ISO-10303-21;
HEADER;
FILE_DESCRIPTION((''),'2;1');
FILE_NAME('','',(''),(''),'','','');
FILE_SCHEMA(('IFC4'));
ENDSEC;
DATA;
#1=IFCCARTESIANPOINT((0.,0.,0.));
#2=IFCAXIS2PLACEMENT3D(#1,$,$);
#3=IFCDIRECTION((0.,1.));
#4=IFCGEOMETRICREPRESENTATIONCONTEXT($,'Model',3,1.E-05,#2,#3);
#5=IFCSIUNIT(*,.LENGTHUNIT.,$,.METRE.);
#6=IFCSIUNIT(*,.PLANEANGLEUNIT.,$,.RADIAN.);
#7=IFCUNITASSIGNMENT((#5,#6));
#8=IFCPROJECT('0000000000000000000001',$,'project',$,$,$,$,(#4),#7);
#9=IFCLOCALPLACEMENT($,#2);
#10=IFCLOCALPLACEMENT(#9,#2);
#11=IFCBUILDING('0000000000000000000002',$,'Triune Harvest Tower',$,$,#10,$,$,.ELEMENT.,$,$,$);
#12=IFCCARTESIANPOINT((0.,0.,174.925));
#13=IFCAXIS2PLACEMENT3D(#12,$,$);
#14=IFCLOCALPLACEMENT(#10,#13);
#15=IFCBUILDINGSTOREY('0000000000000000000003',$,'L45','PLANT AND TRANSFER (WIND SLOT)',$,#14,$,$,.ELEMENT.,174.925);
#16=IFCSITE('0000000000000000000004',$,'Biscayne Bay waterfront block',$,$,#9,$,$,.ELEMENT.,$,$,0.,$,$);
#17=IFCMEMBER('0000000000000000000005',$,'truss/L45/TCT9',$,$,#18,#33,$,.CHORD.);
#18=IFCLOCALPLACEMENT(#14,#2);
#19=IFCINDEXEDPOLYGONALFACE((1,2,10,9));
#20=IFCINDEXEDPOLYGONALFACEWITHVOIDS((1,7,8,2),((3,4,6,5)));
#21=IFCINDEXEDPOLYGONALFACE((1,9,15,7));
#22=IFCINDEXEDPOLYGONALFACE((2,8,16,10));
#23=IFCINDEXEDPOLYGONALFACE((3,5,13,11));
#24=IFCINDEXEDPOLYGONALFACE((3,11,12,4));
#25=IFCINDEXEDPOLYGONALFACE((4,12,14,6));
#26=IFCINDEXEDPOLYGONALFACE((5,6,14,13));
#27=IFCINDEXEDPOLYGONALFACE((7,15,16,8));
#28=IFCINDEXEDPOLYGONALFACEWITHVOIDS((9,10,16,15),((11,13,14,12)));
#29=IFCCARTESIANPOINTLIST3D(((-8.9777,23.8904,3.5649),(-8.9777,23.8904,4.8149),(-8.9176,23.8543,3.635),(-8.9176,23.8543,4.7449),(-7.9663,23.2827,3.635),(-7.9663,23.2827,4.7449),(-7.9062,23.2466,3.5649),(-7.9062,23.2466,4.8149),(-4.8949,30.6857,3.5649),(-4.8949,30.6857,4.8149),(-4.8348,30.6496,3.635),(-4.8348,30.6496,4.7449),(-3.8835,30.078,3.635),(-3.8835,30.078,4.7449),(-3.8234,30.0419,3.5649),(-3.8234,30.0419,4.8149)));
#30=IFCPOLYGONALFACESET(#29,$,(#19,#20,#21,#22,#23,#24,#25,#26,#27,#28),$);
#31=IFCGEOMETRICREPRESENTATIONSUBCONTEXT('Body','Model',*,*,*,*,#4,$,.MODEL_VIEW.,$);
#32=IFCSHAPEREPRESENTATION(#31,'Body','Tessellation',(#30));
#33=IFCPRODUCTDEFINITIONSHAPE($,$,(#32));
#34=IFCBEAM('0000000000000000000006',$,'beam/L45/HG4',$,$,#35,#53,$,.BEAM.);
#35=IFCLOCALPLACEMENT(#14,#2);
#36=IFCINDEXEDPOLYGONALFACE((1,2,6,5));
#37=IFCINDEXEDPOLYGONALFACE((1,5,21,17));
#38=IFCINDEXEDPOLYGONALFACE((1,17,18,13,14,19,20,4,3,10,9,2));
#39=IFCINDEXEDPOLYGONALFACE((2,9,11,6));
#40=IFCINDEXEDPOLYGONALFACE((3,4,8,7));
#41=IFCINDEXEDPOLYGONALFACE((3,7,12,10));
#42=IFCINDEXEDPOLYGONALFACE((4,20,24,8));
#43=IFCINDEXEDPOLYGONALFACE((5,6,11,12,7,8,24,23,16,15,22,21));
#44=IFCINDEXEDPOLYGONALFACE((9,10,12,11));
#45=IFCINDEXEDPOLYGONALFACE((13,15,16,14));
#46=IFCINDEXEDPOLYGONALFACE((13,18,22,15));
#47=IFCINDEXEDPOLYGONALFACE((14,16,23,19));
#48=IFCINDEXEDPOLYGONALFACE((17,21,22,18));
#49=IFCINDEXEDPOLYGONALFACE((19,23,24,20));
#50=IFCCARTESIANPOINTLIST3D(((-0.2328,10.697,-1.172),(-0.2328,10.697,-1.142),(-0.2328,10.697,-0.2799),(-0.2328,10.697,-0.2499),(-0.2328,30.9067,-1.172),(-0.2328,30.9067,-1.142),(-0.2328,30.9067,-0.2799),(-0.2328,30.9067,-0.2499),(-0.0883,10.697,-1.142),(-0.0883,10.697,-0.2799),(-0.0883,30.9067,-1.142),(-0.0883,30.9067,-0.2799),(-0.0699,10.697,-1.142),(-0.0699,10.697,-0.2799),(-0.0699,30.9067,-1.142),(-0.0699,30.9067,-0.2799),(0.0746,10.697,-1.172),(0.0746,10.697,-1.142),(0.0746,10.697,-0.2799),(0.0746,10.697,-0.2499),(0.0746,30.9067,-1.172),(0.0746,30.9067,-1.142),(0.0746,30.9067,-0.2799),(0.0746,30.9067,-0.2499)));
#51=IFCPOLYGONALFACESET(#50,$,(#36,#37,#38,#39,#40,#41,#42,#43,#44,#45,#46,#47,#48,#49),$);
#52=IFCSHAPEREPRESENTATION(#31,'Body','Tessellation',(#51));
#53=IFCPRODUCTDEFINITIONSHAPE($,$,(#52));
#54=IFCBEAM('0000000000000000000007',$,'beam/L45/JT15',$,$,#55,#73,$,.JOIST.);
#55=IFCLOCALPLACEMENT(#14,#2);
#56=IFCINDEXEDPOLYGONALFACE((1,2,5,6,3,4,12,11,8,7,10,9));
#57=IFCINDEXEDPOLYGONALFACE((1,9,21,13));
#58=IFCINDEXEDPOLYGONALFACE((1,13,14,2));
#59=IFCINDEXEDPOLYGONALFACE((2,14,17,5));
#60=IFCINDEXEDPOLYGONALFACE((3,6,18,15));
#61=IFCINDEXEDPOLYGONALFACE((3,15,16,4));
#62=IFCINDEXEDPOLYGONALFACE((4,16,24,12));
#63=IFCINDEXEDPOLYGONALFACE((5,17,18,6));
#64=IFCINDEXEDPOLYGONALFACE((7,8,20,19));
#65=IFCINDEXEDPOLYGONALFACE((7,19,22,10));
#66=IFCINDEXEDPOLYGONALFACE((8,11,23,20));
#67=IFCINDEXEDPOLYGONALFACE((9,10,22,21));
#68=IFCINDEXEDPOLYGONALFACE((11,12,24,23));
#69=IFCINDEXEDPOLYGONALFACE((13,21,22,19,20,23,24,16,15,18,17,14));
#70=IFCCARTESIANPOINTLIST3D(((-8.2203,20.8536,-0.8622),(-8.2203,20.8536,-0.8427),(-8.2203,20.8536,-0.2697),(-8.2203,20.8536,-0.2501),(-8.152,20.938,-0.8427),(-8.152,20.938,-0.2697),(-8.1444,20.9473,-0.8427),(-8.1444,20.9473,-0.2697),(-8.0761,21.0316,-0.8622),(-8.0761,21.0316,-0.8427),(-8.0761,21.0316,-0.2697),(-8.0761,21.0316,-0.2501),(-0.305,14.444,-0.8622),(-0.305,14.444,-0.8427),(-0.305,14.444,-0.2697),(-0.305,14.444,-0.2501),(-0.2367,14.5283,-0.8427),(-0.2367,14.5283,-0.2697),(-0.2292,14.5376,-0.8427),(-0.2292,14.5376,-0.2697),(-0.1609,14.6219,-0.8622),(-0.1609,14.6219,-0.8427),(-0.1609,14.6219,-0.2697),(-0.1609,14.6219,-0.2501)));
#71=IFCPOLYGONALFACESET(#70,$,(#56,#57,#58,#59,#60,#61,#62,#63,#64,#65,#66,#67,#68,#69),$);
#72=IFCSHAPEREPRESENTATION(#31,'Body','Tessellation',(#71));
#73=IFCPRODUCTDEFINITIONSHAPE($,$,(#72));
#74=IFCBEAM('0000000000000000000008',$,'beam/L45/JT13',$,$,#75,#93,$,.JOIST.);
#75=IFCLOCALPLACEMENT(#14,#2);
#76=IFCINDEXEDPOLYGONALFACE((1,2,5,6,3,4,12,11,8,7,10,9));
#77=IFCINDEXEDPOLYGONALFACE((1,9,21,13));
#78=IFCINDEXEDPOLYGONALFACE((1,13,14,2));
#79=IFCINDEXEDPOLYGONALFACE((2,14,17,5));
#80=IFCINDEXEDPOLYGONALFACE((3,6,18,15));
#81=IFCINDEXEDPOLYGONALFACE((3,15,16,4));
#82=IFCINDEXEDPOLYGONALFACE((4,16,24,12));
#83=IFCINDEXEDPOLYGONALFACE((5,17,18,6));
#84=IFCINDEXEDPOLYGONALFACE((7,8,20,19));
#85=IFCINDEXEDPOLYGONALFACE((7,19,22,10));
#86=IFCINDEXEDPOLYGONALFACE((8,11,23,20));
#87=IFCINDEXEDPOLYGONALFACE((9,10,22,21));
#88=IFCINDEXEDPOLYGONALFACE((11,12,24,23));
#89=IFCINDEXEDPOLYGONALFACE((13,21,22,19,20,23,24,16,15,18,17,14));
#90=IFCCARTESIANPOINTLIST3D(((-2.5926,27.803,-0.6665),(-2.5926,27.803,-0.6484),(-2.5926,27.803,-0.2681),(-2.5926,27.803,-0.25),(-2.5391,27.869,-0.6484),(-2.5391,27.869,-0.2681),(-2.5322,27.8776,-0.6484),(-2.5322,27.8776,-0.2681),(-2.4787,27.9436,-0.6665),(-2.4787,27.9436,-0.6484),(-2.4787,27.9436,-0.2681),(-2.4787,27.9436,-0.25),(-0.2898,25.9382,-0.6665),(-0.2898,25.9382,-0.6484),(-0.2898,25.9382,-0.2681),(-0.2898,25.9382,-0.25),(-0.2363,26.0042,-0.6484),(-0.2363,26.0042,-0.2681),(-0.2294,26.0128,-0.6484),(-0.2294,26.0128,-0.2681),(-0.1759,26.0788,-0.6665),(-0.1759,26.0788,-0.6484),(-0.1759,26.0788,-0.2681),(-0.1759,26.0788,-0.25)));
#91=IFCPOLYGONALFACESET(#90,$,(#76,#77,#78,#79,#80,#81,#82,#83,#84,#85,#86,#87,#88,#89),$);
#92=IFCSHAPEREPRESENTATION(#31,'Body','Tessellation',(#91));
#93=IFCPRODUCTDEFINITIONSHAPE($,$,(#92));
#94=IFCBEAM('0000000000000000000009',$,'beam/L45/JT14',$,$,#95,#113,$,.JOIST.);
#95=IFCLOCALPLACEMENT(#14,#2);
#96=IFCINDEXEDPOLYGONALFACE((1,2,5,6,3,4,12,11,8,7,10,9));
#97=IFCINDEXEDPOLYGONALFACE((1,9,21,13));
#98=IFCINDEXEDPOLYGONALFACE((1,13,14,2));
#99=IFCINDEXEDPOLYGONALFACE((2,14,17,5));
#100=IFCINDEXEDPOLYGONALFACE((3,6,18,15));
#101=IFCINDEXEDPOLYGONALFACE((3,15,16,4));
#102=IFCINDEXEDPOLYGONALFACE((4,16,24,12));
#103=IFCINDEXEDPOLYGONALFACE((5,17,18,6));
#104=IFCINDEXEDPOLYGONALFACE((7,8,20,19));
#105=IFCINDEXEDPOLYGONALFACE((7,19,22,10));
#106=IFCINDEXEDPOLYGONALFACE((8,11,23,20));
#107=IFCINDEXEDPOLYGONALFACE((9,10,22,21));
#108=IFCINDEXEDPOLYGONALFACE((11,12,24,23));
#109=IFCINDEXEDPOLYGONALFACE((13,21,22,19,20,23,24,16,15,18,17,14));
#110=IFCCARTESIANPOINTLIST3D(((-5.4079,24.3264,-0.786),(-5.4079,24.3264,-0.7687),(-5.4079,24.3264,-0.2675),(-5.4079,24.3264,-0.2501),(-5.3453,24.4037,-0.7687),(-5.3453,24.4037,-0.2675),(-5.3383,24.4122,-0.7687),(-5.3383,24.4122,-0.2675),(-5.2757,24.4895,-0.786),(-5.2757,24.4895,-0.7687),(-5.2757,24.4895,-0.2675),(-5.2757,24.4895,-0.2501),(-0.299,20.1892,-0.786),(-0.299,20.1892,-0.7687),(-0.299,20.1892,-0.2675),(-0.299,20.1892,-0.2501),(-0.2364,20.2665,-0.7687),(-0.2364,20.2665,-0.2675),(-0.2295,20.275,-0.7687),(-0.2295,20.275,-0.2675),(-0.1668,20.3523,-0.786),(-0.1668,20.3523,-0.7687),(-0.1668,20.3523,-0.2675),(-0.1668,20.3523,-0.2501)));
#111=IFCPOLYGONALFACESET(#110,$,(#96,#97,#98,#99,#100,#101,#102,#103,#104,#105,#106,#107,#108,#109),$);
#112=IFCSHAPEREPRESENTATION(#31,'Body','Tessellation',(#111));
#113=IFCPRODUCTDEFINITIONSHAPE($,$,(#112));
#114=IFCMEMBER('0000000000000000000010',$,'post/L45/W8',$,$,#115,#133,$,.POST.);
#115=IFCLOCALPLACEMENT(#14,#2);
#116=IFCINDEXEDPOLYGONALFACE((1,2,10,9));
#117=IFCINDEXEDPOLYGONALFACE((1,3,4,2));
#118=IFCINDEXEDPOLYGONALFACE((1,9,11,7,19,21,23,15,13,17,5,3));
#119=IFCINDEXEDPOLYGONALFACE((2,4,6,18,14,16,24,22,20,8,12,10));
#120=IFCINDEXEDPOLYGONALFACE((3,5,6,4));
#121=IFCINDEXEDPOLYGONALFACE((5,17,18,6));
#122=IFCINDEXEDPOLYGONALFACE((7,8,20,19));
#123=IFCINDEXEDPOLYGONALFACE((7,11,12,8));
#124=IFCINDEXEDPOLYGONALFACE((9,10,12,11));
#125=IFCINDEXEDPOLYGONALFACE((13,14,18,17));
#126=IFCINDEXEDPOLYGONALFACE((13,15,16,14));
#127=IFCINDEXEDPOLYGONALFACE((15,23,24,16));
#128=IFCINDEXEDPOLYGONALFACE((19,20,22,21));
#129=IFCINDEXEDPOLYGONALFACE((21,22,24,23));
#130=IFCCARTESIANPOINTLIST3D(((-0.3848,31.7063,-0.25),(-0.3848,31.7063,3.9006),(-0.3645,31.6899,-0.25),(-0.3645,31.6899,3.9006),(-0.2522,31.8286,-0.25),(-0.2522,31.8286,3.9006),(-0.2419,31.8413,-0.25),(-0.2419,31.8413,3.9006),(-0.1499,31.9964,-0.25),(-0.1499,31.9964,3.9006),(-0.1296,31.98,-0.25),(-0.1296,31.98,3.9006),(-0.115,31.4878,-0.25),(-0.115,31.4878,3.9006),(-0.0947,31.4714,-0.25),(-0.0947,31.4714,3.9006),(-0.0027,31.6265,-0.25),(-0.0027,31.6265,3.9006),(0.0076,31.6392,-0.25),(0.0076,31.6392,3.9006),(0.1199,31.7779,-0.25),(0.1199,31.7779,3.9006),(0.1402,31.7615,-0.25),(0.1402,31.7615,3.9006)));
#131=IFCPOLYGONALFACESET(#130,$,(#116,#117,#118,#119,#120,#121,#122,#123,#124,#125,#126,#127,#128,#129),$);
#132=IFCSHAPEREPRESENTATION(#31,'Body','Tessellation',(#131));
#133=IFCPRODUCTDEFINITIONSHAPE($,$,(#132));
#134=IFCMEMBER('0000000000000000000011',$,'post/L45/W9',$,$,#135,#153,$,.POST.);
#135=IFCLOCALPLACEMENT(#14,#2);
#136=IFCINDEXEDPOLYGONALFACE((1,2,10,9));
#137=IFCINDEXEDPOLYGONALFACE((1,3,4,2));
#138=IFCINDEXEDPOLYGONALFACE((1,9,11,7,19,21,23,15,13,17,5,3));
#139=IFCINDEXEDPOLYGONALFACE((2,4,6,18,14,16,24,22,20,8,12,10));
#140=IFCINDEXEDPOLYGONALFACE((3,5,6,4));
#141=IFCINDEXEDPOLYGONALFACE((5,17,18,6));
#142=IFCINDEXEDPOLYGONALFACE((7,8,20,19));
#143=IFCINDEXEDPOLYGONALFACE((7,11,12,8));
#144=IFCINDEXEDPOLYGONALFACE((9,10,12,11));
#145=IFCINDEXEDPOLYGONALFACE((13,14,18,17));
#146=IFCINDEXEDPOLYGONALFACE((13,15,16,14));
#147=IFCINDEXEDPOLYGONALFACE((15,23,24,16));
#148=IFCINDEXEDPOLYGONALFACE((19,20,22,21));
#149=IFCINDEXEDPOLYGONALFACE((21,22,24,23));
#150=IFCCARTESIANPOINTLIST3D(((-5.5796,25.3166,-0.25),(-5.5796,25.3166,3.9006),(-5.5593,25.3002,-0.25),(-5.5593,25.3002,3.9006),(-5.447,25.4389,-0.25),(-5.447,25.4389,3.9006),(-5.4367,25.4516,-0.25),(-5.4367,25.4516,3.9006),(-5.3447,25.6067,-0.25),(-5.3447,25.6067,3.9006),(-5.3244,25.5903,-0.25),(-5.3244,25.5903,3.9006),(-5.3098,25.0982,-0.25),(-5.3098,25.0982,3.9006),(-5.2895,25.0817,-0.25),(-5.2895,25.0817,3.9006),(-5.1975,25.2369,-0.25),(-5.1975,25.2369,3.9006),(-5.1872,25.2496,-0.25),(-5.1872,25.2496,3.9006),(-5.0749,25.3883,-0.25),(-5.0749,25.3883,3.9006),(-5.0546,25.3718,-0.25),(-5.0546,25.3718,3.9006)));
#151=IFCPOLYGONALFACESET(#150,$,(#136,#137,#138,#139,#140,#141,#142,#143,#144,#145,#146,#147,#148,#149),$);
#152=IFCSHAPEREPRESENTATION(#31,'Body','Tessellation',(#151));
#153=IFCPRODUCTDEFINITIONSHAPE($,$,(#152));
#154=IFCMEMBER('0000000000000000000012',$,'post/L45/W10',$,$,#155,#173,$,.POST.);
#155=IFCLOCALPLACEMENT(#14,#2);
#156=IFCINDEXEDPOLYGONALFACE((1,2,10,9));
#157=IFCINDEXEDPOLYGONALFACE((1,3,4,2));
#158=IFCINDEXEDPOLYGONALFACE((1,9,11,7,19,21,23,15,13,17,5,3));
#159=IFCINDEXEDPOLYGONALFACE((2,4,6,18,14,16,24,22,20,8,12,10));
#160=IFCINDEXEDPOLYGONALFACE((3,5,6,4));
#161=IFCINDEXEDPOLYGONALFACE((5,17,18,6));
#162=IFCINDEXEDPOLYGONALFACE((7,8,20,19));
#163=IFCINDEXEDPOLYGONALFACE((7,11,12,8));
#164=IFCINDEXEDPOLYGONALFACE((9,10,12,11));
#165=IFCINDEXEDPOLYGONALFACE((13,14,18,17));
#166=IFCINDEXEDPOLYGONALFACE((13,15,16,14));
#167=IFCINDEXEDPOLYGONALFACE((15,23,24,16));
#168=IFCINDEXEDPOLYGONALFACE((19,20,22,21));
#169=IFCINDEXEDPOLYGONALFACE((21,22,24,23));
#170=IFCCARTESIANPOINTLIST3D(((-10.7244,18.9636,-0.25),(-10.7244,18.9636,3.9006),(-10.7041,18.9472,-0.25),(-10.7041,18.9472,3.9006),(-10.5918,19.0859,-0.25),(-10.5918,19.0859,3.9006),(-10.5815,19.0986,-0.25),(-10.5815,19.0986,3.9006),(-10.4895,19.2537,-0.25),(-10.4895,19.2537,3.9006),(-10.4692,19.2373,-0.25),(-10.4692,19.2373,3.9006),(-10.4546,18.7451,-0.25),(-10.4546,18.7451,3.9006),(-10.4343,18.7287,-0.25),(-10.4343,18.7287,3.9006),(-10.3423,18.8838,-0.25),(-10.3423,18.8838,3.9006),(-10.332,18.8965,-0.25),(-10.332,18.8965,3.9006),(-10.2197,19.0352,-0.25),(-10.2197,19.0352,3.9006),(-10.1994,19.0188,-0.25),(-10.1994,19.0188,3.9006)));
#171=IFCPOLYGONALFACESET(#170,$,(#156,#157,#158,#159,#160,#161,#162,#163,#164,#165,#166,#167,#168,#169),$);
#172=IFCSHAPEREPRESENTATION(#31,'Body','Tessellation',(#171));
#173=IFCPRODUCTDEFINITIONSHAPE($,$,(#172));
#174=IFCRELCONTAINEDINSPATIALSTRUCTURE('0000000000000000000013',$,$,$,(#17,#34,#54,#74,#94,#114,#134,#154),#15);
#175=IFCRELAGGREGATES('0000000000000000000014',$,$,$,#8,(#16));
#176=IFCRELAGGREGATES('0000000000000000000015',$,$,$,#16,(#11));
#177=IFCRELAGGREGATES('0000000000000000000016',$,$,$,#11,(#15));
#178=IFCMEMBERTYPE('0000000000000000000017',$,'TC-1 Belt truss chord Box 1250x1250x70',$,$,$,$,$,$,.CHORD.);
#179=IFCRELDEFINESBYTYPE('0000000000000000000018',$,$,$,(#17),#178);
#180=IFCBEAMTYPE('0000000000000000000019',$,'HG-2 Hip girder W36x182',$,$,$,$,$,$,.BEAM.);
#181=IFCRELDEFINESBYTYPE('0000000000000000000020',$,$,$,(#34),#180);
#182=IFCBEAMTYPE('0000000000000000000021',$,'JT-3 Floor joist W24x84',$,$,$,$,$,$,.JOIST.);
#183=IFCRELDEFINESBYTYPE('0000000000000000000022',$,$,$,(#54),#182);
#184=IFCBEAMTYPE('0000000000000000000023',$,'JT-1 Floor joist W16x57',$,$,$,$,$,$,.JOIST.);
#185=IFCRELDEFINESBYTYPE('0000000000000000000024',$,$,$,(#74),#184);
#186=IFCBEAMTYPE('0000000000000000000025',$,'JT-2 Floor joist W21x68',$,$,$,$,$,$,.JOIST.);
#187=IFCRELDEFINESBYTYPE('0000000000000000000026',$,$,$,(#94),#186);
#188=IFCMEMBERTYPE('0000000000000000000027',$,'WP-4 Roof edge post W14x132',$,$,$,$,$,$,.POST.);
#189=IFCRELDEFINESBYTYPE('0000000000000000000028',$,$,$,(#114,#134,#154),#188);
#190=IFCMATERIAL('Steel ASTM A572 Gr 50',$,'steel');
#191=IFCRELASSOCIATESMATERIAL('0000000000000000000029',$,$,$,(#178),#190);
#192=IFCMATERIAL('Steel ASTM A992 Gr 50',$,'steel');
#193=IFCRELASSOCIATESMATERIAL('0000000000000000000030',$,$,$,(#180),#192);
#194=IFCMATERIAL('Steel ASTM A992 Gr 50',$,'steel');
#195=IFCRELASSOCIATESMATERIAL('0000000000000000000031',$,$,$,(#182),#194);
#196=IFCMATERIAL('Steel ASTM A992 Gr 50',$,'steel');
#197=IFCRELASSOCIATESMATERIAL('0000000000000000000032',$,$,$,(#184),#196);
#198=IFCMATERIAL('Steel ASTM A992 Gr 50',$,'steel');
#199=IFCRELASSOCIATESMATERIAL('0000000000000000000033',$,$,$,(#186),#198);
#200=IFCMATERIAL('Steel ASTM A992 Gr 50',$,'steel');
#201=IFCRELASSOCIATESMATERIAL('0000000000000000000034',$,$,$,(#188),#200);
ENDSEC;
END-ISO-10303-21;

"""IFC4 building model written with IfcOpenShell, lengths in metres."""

from ifc_helpers import new_model, si_unit, direction, frame, origin, origin_2d, place, context, subcontext, project, spatial, hollow_rectangle, i_section, extrude, source, transform, mapped, material, material_profile, profile_set, type_object, element, save


model = new_model("IFC4")

# Units and contexts
model_context = context("Model", 3, precision=1e-05, world=origin(), true_north=direction((0.0, 1.0)))
body_context = subcontext(model_context, "Body", "Model", "MODEL_VIEW")
ifc_project = project(units=[si_unit("LENGTHUNIT", "METRE"), si_unit("PLANEANGLEUNIT", "RADIAN")], contexts=[model_context])

# Site, building, storey
site_placement = place(None, origin())
site = spatial("IfcSite", under=ifc_project, at=site_placement, Name="Biscayne Bay waterfront block", CompositionType="ELEMENT", RefElevation=0.0)
building_placement = place(site_placement, origin())
building = spatial("IfcBuilding", under=site, at=building_placement, Name="Triune Harvest Tower", CompositionType="ELEMENT")
storey_placement = place(building_placement, frame((0.0, 0.0, 174.925)))
storey = spatial("IfcBuildingStorey", under=building, at=storey_placement, Name="L45", Description="PLANT AND TRANSFER (WIND SLOT)", CompositionType="ELEMENT", Elevation=174.925)

# Member
ifc_material_1 = material(Name="Steel ASTM A572 Gr 50", Category="steel")
ifc_material_profile_1 = material_profile(ifc_material_1, hollow_rectangle(XDim=1.25, YDim=1.25, WallThickness=0.0701, at=origin_2d()), Name="Box 1250x1250x70")
ifc_profile_set_1 = profile_set([ifc_material_profile_1], Name="Steel ASTM A572 Gr 50")
member_type_1 = type_object("IfcMemberType", Name="TC-1 Belt truss chord Box 1250x1250x70", PredefinedType="CHORD", material=ifc_profile_set_1)
member_1_placement = place(storey_placement, frame((-4.3591, 30.3638, 4.1899), z_axis=(-0.515021, -0.857178, 0.0), x_axis=(0.857178, -0.515021, 0.0)))
element("IfcMember", 1, at=member_1_placement, inside=storey, type_object=member_type_1, Name="truss/L45/TCT9", PredefinedType="CHORD", context=body_context, shape_type="SweptSolid", body=[
    extrude(hollow_rectangle(XDim=1.25, YDim=1.25, WallThickness=0.0701, at=origin_2d()), origin(), (0.0, 0.0, 1.0), 7.9275),
])

# Beams
ifc_material_2 = material(Name="Steel ASTM A992 Gr 50", Category="steel")
ifc_material_profile_2 = material_profile(ifc_material_2, i_section(OverallWidth=0.3074, OverallDepth=0.9221, WebThickness=0.0183, FlangeThickness=0.03, at=origin_2d()), Name="W36x182")
ifc_profile_set_2 = profile_set([ifc_material_profile_2], Name="Steel ASTM A992 Gr 50")
beam_type_1 = type_object("IfcBeamType", Name="HG-2 Hip girder W36x182", PredefinedType="BEAM", material=ifc_profile_set_2)
shared_shape_1 = source(origin(), body_context, "Body", "SweptSolid", [
    extrude(i_section(OverallWidth=0.3074, OverallDepth=0.9221, WebThickness=0.0183, FlangeThickness=0.03, at=origin_2d()), origin(), (0.0, 0.0, 1.0), 20.2097),
])
beam_1_placement = place(storey_placement, frame((-0.0791, 30.9067, -0.7109), z_axis=(0.0, -1.0, 0.0), x_axis=(1.0, 0.0, 0.0)))
element("IfcBeam", 2, at=beam_1_placement, inside=storey, type_object=beam_type_1, Name="beam/L45/HG4", PredefinedType="BEAM", context=body_context, shape_type="MappedRepresentation", body=[
    mapped(shared_shape_1, transform((0.0, 0.0, 0.0), scale=1.0)),
])
ifc_material_3 = material(Name="Steel ASTM A992 Gr 50", Category="steel")
ifc_material_profile_3 = material_profile(ifc_material_3, i_section(OverallWidth=0.229, OverallDepth=0.6121, WebThickness=0.012, FlangeThickness=0.0195, at=origin_2d()), Name="W24x84")
ifc_profile_set_3 = profile_set([ifc_material_profile_3], Name="Steel ASTM A992 Gr 50")
beam_type_2 = type_object("IfcBeamType", Name="JT-3 Floor joist W24x84", PredefinedType="JOIST", material=ifc_profile_set_3)
shared_shape_2 = source(origin(), body_context, "Body", "SweptSolid", [
    extrude(i_section(OverallWidth=0.229, OverallDepth=0.6121, WebThickness=0.012, FlangeThickness=0.0195, at=origin_2d()), origin(), (0.0, 0.0, 1.0), 10.1851),
])
beam_2_placement = place(storey_placement, frame((-8.1482, 20.9426, -0.5562), z_axis=(0.777146, -0.62932, 0.0), x_axis=(0.62932, 0.777146, 0.0)))
element("IfcBeam", 3, at=beam_2_placement, inside=storey, type_object=beam_type_2, Name="beam/L45/JT15", PredefinedType="JOIST", context=body_context, shape_type="MappedRepresentation", body=[
    mapped(shared_shape_2, transform((0.0, 0.0, 0.0), scale=1.0)),
])
ifc_material_4 = material(Name="Steel ASTM A992 Gr 50", Category="steel")
ifc_material_profile_4 = material_profile(ifc_material_4, i_section(OverallWidth=0.1809, OverallDepth=0.4165, WebThickness=0.011, FlangeThickness=0.0181, at=origin_2d()), Name="W16x57")
ifc_profile_set_4 = profile_set([ifc_material_profile_4], Name="Steel ASTM A992 Gr 50")
beam_type_3 = type_object("IfcBeamType", Name="JT-1 Floor joist W16x57", PredefinedType="JOIST", material=ifc_profile_set_4)
shared_shape_3 = source(origin(), body_context, "Body", "SweptSolid", [
    extrude(i_section(OverallWidth=0.1809, OverallDepth=0.4165, WebThickness=0.011, FlangeThickness=0.0181, at=origin_2d()), origin(), (0.0, 0.0, 1.0), 2.9631),
])
beam_3_placement = place(storey_placement, frame((-2.5356, 27.8733, -0.4583), z_axis=(0.777141, -0.629326, 0.0), x_axis=(0.629326, 0.777141, 0.0)))
element("IfcBeam", 4, at=beam_3_placement, inside=storey, type_object=beam_type_3, Name="beam/L45/JT13", PredefinedType="JOIST", context=body_context, shape_type="MappedRepresentation", body=[
    mapped(shared_shape_3, transform((0.0, 0.0, 0.0), scale=1.0)),
])
ifc_material_5 = material(Name="Steel ASTM A992 Gr 50", Category="steel")
ifc_material_profile_5 = material_profile(ifc_material_5, i_section(OverallWidth=0.21, OverallDepth=0.5359, WebThickness=0.011, FlangeThickness=0.0173, at=origin_2d()), Name="W21x68")
ifc_profile_set_5 = profile_set([ifc_material_profile_5], Name="Steel ASTM A992 Gr 50")
beam_type_4 = type_object("IfcBeamType", Name="JT-2 Floor joist W21x68", PredefinedType="JOIST", material=ifc_profile_set_5)
shared_shape_4 = source(origin(), body_context, "Body", "SweptSolid", [
    extrude(i_section(OverallWidth=0.21, OverallDepth=0.5359, WebThickness=0.011, FlangeThickness=0.0173, at=origin_2d()), origin(), (0.0, 0.0, 1.0), 6.574),
])
beam_4_placement = place(storey_placement, frame((-5.3418, 24.408, -0.5181), z_axis=(0.777138, -0.629331, 0.0), x_axis=(0.629331, 0.777138, 0.0)))
element("IfcBeam", 5, at=beam_4_placement, inside=storey, type_object=beam_type_4, Name="beam/L45/JT14", PredefinedType="JOIST", context=body_context, shape_type="MappedRepresentation", body=[
    mapped(shared_shape_4, transform((0.0, 0.0, 0.0), scale=1.0)),
])

# Members
ifc_material_6 = material(Name="Steel ASTM A992 Gr 50", Category="steel")
ifc_material_profile_6 = material_profile(ifc_material_6, i_section(OverallWidth=0.3733, OverallDepth=0.3733, WebThickness=0.0164, FlangeThickness=0.0261, at=origin_2d()), Name="W14x132")
ifc_profile_set_6 = profile_set([ifc_material_profile_6], Name="Steel ASTM A992 Gr 50")
member_type_2 = type_object("IfcMemberType", Name="WP-4 Roof edge post W14x132", PredefinedType="POST", material=ifc_profile_set_6)
shared_shape_5 = source(origin(), body_context, "Body", "SweptSolid", [
    extrude(i_section(OverallWidth=0.3733, OverallDepth=0.3733, WebThickness=0.0164, FlangeThickness=0.0261, at=origin_2d()), origin(), (0.0, 0.0, 1.0), 4.1506),
])
for number, where, z_axis, x_axis, name in (
    (6, (-0.1223, 31.7339, -0.25), (0.0, 0.0, 1.0), (-0.629322, -0.777145, 0.0), "post/L45/W8"),
    (7, (-5.3171, 25.3442, -0.25), (0.0, 0.0, 1.0), (-0.629322, -0.777145, 0.0), "post/L45/W9"),
    (8, (-10.4619, 18.9912, -0.25), (0.0, 0.0, 1.0), (-0.629322, -0.777145, 0.0), "post/L45/W10"),
):
    element("IfcMember", number, at=place(storey_placement, frame(where, z_axis=z_axis, x_axis=x_axis)), inside=storey, type_object=member_type_2, Name=name, PredefinedType="POST", context=body_context, shape_type="MappedRepresentation", body=[
        mapped(shared_shape_5, transform((0.0, 0.0, 0.0), scale=1.0)),
    ])

save(model, "model.ifc")
